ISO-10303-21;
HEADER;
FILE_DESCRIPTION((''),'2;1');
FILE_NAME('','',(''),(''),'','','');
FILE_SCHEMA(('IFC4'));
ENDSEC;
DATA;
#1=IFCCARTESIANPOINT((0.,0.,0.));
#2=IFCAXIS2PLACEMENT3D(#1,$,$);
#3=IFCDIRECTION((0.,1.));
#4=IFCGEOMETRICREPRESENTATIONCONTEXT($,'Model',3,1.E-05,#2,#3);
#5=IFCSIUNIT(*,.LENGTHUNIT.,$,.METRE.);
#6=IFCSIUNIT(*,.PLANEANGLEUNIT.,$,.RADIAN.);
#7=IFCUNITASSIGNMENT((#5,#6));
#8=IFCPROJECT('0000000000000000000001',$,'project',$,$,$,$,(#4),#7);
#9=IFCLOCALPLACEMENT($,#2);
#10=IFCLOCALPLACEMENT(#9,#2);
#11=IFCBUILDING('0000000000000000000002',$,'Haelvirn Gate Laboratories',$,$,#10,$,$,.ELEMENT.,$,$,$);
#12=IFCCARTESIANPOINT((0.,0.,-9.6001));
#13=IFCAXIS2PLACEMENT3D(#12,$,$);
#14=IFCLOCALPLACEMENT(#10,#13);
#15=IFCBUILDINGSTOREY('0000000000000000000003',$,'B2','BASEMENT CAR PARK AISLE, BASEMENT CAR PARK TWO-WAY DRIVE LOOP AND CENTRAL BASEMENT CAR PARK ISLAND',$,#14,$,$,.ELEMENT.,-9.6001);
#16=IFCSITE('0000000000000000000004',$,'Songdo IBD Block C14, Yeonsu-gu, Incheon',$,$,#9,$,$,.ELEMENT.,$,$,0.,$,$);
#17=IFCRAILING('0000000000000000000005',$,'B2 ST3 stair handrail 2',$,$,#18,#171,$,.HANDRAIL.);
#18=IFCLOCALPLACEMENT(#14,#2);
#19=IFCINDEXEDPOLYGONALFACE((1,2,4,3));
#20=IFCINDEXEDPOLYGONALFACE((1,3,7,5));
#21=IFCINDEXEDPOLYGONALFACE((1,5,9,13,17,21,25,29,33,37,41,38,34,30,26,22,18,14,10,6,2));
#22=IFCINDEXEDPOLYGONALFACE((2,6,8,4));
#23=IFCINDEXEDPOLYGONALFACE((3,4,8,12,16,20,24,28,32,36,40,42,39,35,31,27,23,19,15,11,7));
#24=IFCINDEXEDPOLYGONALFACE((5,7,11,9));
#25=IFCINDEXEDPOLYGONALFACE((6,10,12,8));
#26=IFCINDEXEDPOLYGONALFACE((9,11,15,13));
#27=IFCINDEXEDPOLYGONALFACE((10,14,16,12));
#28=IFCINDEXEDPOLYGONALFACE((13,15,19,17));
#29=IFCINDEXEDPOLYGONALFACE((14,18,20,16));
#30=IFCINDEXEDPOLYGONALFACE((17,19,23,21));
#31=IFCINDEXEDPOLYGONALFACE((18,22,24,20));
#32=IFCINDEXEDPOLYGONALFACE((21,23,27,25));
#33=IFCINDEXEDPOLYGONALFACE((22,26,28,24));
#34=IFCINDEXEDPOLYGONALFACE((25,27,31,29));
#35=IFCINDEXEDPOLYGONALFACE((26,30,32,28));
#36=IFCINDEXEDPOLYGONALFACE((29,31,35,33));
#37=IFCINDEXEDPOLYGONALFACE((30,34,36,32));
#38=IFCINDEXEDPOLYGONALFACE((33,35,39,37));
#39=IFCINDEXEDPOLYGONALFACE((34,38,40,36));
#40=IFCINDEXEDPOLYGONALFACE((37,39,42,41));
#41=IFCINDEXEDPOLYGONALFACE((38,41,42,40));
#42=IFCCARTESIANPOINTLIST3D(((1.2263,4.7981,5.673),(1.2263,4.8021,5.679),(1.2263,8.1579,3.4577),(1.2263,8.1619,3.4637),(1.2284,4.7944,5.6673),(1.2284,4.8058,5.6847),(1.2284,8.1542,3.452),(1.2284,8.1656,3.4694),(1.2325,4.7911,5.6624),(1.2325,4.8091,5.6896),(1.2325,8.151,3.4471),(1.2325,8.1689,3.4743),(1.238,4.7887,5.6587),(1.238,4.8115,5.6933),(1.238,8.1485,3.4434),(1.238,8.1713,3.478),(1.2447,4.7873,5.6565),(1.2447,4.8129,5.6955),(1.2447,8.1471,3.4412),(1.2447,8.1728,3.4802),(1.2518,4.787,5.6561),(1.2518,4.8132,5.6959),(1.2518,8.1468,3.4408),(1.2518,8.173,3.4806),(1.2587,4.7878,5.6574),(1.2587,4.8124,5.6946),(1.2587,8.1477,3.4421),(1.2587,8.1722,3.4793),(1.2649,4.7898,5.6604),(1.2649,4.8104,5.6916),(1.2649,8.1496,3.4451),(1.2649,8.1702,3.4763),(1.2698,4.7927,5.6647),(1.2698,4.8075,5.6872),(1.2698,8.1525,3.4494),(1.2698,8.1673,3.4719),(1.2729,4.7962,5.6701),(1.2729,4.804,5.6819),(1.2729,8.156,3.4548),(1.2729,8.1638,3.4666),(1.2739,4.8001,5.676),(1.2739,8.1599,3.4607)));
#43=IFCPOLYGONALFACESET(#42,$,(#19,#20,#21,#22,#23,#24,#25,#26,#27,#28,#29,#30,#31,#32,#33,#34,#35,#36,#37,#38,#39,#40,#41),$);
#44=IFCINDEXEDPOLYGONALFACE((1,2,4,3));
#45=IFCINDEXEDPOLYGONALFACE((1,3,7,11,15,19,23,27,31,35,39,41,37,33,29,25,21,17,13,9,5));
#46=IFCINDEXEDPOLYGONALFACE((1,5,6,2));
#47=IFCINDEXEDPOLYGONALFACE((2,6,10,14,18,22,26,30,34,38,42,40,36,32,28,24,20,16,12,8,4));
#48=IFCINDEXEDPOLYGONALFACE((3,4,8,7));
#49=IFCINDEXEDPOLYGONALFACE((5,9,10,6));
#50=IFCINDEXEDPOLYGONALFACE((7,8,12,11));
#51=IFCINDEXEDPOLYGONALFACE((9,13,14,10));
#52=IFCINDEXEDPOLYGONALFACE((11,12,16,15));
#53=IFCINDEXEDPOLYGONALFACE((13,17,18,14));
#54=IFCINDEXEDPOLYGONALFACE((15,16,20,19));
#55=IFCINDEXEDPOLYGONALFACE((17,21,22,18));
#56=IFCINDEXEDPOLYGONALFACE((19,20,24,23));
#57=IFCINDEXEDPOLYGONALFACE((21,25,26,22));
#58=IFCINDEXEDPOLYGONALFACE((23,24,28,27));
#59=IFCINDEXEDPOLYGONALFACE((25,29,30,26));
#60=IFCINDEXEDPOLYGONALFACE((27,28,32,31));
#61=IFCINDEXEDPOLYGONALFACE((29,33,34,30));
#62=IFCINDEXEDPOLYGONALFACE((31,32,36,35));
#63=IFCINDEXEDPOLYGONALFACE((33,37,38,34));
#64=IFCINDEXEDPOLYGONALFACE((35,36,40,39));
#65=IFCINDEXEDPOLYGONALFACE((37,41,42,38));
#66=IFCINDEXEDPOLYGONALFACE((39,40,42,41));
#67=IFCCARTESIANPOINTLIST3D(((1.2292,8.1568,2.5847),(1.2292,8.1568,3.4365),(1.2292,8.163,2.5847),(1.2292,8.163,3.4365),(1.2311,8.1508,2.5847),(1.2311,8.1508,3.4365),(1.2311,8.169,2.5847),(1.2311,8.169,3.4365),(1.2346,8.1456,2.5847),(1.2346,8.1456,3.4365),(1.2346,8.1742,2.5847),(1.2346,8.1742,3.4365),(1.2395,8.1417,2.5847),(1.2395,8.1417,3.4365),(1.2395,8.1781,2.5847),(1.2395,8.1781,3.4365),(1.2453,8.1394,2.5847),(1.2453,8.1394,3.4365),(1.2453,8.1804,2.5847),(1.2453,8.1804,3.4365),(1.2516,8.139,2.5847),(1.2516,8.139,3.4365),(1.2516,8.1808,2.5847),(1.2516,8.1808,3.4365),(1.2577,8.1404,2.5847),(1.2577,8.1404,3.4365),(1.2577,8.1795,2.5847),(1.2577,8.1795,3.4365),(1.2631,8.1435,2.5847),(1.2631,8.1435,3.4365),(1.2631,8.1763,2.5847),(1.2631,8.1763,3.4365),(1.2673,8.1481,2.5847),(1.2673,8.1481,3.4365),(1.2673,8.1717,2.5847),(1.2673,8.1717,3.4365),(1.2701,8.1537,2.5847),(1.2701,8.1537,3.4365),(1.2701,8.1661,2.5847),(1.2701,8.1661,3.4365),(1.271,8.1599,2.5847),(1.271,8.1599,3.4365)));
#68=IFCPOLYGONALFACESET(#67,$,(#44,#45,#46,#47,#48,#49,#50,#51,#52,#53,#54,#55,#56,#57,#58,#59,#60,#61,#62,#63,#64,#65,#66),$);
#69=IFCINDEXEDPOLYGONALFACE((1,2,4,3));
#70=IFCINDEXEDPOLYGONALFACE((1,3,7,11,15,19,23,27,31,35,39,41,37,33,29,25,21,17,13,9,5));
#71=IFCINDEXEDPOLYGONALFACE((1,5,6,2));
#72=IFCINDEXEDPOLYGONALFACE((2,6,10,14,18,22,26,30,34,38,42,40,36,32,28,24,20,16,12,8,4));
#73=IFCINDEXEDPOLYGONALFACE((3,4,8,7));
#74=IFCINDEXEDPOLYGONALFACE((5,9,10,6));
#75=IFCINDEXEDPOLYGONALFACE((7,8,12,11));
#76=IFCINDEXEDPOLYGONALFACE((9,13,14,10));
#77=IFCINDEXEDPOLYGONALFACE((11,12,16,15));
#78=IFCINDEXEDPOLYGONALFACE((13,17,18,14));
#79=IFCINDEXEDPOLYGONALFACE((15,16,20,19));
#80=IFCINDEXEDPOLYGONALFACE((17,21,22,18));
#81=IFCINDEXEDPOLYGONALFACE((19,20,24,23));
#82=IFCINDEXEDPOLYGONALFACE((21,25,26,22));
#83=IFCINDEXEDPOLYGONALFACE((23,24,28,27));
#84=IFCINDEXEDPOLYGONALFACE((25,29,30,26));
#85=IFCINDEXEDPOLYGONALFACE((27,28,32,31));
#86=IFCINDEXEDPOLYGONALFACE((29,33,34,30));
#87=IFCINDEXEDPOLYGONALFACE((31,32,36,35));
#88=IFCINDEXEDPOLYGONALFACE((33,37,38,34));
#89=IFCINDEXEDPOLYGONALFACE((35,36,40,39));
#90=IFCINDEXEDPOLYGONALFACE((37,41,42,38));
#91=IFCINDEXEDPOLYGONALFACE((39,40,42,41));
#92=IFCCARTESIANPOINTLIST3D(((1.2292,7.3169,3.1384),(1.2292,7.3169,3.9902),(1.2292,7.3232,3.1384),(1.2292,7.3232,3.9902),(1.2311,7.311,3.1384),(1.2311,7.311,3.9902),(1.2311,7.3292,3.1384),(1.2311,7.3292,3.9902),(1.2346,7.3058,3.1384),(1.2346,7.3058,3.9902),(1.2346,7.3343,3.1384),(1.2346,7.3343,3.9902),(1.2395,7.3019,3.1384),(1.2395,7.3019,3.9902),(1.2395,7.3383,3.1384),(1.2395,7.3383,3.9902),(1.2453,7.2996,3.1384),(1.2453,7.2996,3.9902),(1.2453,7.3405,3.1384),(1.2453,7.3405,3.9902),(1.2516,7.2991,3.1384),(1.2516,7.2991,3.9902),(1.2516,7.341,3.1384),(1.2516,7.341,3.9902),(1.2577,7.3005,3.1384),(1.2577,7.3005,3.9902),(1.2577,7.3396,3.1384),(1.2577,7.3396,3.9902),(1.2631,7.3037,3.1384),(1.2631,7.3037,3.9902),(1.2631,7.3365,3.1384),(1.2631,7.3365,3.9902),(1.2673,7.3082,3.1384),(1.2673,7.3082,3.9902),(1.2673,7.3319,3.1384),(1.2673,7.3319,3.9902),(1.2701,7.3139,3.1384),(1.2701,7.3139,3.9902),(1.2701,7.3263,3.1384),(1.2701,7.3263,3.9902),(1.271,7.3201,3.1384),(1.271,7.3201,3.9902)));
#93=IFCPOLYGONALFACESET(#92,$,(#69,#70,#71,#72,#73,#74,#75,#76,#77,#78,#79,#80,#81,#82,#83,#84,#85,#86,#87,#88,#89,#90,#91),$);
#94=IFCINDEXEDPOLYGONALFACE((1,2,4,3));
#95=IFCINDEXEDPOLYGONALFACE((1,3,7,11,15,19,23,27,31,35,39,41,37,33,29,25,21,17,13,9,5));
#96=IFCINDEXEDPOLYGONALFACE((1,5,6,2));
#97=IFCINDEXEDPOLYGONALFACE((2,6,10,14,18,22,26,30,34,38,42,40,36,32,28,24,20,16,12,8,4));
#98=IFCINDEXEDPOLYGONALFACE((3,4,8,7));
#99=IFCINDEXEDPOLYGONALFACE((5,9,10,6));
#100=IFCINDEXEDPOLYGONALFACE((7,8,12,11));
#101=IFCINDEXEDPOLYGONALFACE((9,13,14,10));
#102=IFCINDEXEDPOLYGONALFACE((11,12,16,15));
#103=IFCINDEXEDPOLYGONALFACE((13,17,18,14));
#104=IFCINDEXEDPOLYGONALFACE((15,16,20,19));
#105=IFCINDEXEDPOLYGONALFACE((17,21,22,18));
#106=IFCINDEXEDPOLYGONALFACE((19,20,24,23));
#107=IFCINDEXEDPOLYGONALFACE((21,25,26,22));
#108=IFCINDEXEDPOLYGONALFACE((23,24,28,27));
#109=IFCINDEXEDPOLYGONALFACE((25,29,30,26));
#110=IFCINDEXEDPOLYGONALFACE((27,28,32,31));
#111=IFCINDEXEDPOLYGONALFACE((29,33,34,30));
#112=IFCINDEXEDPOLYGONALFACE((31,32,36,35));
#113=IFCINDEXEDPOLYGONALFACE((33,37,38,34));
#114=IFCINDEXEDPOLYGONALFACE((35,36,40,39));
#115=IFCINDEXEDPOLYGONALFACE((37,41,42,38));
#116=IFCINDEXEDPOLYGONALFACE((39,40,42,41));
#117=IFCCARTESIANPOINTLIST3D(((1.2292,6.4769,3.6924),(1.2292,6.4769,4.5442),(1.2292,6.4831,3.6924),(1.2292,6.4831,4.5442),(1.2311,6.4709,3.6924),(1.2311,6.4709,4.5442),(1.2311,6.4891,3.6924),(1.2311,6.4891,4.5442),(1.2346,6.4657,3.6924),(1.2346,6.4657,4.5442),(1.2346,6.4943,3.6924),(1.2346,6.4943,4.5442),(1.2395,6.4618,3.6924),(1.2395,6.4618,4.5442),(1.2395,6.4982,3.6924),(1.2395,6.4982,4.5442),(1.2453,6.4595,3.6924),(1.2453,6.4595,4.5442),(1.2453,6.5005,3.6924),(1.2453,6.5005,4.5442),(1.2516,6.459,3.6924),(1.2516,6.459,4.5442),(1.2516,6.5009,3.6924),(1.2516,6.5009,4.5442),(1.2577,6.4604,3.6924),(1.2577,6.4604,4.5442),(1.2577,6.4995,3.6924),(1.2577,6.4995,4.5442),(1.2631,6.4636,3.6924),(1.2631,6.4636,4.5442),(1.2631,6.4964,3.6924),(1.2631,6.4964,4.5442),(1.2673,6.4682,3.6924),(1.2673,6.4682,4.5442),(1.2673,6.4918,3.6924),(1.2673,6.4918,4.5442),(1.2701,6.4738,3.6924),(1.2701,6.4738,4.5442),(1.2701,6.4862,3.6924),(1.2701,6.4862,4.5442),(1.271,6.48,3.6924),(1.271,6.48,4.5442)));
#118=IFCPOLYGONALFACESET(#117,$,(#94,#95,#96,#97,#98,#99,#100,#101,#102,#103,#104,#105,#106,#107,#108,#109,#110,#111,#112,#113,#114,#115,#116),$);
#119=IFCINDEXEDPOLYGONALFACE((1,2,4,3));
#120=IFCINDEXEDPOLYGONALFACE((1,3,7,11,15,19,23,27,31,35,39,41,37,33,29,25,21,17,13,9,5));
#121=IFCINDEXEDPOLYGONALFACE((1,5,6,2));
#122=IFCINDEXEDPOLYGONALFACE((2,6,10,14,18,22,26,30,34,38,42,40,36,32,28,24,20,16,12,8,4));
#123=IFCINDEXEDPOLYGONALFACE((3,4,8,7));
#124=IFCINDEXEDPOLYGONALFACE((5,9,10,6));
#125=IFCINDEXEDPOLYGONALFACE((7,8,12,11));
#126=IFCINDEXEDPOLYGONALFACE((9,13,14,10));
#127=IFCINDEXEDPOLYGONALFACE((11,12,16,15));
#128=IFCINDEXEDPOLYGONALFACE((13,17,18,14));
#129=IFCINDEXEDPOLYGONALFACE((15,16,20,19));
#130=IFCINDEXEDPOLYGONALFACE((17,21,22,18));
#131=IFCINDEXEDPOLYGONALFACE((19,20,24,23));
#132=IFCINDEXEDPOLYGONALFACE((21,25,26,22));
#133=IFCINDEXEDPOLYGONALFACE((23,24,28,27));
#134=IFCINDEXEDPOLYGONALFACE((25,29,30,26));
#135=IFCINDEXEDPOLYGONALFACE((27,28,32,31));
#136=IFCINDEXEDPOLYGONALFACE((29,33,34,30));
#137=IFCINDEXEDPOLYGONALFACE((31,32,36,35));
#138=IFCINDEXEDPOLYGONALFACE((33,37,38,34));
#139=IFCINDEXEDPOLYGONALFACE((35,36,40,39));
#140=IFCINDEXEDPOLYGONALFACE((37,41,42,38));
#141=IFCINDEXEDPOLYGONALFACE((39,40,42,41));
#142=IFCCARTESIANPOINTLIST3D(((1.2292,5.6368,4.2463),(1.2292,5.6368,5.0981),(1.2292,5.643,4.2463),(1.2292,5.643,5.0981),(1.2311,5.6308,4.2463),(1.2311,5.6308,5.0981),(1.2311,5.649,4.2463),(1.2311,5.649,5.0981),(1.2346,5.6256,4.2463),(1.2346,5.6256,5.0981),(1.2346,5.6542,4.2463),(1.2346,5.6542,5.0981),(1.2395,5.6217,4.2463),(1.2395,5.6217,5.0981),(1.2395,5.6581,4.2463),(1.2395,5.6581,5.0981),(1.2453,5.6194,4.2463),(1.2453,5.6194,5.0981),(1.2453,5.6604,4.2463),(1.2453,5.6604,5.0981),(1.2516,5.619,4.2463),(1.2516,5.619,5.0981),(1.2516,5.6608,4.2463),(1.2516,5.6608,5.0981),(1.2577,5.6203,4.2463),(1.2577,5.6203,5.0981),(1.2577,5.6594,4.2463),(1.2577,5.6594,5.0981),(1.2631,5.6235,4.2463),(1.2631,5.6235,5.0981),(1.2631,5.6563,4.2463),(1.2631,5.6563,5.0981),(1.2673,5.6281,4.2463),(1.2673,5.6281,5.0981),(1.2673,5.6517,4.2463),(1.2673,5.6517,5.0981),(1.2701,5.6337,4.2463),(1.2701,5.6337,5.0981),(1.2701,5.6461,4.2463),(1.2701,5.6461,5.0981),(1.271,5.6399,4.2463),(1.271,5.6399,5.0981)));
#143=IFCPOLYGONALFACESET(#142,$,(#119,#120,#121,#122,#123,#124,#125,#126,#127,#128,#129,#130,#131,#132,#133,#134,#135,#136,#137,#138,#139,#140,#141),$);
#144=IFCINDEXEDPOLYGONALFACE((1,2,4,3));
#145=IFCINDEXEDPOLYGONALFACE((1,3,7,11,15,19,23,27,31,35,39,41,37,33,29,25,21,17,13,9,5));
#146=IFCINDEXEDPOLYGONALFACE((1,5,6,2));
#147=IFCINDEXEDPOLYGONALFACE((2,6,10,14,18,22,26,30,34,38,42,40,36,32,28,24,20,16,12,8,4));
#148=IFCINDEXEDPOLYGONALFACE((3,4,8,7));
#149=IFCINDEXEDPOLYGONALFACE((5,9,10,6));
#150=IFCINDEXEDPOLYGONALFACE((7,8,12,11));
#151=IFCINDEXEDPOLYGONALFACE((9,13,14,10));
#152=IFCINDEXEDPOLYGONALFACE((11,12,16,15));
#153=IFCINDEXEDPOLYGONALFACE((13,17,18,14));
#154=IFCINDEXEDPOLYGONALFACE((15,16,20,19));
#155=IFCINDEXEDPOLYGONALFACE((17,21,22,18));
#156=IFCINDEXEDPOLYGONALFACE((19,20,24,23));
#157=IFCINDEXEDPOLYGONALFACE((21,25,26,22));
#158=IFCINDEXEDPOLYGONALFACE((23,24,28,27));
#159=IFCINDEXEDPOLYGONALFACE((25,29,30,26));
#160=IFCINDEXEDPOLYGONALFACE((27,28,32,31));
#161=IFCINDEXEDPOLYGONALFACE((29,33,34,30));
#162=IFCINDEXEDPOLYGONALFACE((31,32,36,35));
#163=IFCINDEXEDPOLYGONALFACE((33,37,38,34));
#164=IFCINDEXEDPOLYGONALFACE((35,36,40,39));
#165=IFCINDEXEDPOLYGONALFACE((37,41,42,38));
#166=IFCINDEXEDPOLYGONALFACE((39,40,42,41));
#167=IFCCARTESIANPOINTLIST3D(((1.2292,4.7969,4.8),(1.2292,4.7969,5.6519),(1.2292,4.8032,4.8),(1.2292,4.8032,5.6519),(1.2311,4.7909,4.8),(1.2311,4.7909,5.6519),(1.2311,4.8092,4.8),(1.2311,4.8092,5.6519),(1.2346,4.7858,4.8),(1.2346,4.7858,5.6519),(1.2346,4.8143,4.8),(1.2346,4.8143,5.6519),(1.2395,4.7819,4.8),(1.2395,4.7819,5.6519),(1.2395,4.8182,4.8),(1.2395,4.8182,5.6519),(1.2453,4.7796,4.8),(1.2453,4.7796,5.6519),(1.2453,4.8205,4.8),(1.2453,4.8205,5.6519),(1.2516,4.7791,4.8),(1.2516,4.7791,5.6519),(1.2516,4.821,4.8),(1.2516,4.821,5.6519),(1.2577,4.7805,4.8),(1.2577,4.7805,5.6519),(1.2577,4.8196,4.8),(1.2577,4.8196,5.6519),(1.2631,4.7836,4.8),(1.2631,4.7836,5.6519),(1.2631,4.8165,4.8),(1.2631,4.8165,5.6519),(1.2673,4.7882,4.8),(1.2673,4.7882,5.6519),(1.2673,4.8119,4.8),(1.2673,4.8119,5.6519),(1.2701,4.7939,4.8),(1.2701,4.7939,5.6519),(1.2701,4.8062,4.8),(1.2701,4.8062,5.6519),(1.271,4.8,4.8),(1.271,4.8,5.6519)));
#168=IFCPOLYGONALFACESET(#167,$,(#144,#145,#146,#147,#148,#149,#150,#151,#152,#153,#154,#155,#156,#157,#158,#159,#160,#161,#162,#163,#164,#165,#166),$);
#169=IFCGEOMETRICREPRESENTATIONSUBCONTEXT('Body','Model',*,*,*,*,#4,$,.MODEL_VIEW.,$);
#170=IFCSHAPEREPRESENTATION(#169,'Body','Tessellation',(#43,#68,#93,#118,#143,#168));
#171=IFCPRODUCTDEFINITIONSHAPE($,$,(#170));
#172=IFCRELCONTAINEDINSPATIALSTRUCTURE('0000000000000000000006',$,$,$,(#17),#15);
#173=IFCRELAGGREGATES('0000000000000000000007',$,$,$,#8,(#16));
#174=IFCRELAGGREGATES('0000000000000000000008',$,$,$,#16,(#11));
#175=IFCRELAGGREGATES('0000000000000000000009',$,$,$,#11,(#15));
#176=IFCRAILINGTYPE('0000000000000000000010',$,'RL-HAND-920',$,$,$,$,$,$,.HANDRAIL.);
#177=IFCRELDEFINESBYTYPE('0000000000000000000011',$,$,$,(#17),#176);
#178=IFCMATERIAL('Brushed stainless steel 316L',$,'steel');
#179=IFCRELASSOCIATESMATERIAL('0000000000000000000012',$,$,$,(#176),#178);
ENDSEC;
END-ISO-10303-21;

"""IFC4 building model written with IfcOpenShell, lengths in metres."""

from ifc_helpers import new_model, si_unit, direction, frame, origin, origin_2d, place, context, subcontext, project, spatial, circle, extrude, source, transform, mapped, material, type_object, type_shapes, element, save


model = new_model("IFC4")

# Units and contexts
model_context = context("Model", 3, precision=1e-05, world=origin(), true_north=direction((0.0, 1.0)))
body_context = subcontext(model_context, "Body", "Model", "MODEL_VIEW")
ifc_project = project(units=[si_unit("LENGTHUNIT", "METRE"), si_unit("PLANEANGLEUNIT", "RADIAN")], contexts=[model_context])

# Site, building, storey
site_placement = place(None, origin())
site = spatial("IfcSite", under=ifc_project, at=site_placement, Name="Songdo IBD Block C14, Yeonsu-gu, Incheon", CompositionType="ELEMENT", RefElevation=0.0)
building_placement = place(site_placement, origin())
building = spatial("IfcBuilding", under=site, at=building_placement, Name="Haelvirn Gate Laboratories", CompositionType="ELEMENT")
storey_placement = place(building_placement, frame((0.0, 0.0, -9.6001)))
storey = spatial("IfcBuildingStorey", under=building, at=storey_placement, Name="B2", Description="BASEMENT CAR PARK AISLE, BASEMENT CAR PARK TWO-WAY DRIVE LOOP AND CENTRAL BASEMENT CAR PARK ISLAND", CompositionType="ELEMENT", Elevation=-9.6001)

# Railing
ifc_material_1 = material(Name="Brushed stainless steel 316L", Category="steel")
railing_type_1 = type_object("IfcRailingType", Name="RL-HAND-920", PredefinedType="HANDRAIL", material=ifc_material_1)
shared_shape_1 = source(origin(), body_context, "Body", "SweptSolid", [
    extrude(circle(Radius=0.0239, at=origin_2d()), frame((0.0, 0.0, 0.876), z_axis=(0.0, -0.834858, 0.550465), x_axis=(1.0, 0.0, 0.0)), (0.0, 0.0, 1.0), 4.0244),
    extrude(circle(Radius=0.021, at=origin_2d()), origin(), (0.0, 0.0, 1.0), 0.8518),
    extrude(circle(Radius=0.021, at=origin_2d()), frame((0.0, -0.8398, 0.5537)), (0.0, 0.0, 1.0), 0.8518),
    extrude(circle(Radius=0.021, at=origin_2d()), frame((0.0, -1.6799, 1.1077)), (0.0, 0.0, 1.0), 0.8518),
    extrude(circle(Radius=0.021, at=origin_2d()), frame((0.0, -2.52, 1.6616)), (0.0, 0.0, 1.0), 0.8518),
    extrude(circle(Radius=0.021, at=origin_2d()), frame((0.0, -3.3599, 2.2153)), (0.0, 0.0, 1.0), 0.8518),
])
type_shapes(railing_type_1, [shared_shape_1])
railing_1_placement = place(storey_placement, frame((1.25, 8.1599, 2.5847)))
element("IfcRailing", 1, at=railing_1_placement, inside=storey, type_object=railing_type_1, Name="B2 ST3 stair handrail 2", PredefinedType="HANDRAIL", context=body_context, shape_type="MappedRepresentation", body=[
    mapped(shared_shape_1, transform((0.0, 0.0, 0.0), scale=1.0)),
])

save(model, "model.ifc")
